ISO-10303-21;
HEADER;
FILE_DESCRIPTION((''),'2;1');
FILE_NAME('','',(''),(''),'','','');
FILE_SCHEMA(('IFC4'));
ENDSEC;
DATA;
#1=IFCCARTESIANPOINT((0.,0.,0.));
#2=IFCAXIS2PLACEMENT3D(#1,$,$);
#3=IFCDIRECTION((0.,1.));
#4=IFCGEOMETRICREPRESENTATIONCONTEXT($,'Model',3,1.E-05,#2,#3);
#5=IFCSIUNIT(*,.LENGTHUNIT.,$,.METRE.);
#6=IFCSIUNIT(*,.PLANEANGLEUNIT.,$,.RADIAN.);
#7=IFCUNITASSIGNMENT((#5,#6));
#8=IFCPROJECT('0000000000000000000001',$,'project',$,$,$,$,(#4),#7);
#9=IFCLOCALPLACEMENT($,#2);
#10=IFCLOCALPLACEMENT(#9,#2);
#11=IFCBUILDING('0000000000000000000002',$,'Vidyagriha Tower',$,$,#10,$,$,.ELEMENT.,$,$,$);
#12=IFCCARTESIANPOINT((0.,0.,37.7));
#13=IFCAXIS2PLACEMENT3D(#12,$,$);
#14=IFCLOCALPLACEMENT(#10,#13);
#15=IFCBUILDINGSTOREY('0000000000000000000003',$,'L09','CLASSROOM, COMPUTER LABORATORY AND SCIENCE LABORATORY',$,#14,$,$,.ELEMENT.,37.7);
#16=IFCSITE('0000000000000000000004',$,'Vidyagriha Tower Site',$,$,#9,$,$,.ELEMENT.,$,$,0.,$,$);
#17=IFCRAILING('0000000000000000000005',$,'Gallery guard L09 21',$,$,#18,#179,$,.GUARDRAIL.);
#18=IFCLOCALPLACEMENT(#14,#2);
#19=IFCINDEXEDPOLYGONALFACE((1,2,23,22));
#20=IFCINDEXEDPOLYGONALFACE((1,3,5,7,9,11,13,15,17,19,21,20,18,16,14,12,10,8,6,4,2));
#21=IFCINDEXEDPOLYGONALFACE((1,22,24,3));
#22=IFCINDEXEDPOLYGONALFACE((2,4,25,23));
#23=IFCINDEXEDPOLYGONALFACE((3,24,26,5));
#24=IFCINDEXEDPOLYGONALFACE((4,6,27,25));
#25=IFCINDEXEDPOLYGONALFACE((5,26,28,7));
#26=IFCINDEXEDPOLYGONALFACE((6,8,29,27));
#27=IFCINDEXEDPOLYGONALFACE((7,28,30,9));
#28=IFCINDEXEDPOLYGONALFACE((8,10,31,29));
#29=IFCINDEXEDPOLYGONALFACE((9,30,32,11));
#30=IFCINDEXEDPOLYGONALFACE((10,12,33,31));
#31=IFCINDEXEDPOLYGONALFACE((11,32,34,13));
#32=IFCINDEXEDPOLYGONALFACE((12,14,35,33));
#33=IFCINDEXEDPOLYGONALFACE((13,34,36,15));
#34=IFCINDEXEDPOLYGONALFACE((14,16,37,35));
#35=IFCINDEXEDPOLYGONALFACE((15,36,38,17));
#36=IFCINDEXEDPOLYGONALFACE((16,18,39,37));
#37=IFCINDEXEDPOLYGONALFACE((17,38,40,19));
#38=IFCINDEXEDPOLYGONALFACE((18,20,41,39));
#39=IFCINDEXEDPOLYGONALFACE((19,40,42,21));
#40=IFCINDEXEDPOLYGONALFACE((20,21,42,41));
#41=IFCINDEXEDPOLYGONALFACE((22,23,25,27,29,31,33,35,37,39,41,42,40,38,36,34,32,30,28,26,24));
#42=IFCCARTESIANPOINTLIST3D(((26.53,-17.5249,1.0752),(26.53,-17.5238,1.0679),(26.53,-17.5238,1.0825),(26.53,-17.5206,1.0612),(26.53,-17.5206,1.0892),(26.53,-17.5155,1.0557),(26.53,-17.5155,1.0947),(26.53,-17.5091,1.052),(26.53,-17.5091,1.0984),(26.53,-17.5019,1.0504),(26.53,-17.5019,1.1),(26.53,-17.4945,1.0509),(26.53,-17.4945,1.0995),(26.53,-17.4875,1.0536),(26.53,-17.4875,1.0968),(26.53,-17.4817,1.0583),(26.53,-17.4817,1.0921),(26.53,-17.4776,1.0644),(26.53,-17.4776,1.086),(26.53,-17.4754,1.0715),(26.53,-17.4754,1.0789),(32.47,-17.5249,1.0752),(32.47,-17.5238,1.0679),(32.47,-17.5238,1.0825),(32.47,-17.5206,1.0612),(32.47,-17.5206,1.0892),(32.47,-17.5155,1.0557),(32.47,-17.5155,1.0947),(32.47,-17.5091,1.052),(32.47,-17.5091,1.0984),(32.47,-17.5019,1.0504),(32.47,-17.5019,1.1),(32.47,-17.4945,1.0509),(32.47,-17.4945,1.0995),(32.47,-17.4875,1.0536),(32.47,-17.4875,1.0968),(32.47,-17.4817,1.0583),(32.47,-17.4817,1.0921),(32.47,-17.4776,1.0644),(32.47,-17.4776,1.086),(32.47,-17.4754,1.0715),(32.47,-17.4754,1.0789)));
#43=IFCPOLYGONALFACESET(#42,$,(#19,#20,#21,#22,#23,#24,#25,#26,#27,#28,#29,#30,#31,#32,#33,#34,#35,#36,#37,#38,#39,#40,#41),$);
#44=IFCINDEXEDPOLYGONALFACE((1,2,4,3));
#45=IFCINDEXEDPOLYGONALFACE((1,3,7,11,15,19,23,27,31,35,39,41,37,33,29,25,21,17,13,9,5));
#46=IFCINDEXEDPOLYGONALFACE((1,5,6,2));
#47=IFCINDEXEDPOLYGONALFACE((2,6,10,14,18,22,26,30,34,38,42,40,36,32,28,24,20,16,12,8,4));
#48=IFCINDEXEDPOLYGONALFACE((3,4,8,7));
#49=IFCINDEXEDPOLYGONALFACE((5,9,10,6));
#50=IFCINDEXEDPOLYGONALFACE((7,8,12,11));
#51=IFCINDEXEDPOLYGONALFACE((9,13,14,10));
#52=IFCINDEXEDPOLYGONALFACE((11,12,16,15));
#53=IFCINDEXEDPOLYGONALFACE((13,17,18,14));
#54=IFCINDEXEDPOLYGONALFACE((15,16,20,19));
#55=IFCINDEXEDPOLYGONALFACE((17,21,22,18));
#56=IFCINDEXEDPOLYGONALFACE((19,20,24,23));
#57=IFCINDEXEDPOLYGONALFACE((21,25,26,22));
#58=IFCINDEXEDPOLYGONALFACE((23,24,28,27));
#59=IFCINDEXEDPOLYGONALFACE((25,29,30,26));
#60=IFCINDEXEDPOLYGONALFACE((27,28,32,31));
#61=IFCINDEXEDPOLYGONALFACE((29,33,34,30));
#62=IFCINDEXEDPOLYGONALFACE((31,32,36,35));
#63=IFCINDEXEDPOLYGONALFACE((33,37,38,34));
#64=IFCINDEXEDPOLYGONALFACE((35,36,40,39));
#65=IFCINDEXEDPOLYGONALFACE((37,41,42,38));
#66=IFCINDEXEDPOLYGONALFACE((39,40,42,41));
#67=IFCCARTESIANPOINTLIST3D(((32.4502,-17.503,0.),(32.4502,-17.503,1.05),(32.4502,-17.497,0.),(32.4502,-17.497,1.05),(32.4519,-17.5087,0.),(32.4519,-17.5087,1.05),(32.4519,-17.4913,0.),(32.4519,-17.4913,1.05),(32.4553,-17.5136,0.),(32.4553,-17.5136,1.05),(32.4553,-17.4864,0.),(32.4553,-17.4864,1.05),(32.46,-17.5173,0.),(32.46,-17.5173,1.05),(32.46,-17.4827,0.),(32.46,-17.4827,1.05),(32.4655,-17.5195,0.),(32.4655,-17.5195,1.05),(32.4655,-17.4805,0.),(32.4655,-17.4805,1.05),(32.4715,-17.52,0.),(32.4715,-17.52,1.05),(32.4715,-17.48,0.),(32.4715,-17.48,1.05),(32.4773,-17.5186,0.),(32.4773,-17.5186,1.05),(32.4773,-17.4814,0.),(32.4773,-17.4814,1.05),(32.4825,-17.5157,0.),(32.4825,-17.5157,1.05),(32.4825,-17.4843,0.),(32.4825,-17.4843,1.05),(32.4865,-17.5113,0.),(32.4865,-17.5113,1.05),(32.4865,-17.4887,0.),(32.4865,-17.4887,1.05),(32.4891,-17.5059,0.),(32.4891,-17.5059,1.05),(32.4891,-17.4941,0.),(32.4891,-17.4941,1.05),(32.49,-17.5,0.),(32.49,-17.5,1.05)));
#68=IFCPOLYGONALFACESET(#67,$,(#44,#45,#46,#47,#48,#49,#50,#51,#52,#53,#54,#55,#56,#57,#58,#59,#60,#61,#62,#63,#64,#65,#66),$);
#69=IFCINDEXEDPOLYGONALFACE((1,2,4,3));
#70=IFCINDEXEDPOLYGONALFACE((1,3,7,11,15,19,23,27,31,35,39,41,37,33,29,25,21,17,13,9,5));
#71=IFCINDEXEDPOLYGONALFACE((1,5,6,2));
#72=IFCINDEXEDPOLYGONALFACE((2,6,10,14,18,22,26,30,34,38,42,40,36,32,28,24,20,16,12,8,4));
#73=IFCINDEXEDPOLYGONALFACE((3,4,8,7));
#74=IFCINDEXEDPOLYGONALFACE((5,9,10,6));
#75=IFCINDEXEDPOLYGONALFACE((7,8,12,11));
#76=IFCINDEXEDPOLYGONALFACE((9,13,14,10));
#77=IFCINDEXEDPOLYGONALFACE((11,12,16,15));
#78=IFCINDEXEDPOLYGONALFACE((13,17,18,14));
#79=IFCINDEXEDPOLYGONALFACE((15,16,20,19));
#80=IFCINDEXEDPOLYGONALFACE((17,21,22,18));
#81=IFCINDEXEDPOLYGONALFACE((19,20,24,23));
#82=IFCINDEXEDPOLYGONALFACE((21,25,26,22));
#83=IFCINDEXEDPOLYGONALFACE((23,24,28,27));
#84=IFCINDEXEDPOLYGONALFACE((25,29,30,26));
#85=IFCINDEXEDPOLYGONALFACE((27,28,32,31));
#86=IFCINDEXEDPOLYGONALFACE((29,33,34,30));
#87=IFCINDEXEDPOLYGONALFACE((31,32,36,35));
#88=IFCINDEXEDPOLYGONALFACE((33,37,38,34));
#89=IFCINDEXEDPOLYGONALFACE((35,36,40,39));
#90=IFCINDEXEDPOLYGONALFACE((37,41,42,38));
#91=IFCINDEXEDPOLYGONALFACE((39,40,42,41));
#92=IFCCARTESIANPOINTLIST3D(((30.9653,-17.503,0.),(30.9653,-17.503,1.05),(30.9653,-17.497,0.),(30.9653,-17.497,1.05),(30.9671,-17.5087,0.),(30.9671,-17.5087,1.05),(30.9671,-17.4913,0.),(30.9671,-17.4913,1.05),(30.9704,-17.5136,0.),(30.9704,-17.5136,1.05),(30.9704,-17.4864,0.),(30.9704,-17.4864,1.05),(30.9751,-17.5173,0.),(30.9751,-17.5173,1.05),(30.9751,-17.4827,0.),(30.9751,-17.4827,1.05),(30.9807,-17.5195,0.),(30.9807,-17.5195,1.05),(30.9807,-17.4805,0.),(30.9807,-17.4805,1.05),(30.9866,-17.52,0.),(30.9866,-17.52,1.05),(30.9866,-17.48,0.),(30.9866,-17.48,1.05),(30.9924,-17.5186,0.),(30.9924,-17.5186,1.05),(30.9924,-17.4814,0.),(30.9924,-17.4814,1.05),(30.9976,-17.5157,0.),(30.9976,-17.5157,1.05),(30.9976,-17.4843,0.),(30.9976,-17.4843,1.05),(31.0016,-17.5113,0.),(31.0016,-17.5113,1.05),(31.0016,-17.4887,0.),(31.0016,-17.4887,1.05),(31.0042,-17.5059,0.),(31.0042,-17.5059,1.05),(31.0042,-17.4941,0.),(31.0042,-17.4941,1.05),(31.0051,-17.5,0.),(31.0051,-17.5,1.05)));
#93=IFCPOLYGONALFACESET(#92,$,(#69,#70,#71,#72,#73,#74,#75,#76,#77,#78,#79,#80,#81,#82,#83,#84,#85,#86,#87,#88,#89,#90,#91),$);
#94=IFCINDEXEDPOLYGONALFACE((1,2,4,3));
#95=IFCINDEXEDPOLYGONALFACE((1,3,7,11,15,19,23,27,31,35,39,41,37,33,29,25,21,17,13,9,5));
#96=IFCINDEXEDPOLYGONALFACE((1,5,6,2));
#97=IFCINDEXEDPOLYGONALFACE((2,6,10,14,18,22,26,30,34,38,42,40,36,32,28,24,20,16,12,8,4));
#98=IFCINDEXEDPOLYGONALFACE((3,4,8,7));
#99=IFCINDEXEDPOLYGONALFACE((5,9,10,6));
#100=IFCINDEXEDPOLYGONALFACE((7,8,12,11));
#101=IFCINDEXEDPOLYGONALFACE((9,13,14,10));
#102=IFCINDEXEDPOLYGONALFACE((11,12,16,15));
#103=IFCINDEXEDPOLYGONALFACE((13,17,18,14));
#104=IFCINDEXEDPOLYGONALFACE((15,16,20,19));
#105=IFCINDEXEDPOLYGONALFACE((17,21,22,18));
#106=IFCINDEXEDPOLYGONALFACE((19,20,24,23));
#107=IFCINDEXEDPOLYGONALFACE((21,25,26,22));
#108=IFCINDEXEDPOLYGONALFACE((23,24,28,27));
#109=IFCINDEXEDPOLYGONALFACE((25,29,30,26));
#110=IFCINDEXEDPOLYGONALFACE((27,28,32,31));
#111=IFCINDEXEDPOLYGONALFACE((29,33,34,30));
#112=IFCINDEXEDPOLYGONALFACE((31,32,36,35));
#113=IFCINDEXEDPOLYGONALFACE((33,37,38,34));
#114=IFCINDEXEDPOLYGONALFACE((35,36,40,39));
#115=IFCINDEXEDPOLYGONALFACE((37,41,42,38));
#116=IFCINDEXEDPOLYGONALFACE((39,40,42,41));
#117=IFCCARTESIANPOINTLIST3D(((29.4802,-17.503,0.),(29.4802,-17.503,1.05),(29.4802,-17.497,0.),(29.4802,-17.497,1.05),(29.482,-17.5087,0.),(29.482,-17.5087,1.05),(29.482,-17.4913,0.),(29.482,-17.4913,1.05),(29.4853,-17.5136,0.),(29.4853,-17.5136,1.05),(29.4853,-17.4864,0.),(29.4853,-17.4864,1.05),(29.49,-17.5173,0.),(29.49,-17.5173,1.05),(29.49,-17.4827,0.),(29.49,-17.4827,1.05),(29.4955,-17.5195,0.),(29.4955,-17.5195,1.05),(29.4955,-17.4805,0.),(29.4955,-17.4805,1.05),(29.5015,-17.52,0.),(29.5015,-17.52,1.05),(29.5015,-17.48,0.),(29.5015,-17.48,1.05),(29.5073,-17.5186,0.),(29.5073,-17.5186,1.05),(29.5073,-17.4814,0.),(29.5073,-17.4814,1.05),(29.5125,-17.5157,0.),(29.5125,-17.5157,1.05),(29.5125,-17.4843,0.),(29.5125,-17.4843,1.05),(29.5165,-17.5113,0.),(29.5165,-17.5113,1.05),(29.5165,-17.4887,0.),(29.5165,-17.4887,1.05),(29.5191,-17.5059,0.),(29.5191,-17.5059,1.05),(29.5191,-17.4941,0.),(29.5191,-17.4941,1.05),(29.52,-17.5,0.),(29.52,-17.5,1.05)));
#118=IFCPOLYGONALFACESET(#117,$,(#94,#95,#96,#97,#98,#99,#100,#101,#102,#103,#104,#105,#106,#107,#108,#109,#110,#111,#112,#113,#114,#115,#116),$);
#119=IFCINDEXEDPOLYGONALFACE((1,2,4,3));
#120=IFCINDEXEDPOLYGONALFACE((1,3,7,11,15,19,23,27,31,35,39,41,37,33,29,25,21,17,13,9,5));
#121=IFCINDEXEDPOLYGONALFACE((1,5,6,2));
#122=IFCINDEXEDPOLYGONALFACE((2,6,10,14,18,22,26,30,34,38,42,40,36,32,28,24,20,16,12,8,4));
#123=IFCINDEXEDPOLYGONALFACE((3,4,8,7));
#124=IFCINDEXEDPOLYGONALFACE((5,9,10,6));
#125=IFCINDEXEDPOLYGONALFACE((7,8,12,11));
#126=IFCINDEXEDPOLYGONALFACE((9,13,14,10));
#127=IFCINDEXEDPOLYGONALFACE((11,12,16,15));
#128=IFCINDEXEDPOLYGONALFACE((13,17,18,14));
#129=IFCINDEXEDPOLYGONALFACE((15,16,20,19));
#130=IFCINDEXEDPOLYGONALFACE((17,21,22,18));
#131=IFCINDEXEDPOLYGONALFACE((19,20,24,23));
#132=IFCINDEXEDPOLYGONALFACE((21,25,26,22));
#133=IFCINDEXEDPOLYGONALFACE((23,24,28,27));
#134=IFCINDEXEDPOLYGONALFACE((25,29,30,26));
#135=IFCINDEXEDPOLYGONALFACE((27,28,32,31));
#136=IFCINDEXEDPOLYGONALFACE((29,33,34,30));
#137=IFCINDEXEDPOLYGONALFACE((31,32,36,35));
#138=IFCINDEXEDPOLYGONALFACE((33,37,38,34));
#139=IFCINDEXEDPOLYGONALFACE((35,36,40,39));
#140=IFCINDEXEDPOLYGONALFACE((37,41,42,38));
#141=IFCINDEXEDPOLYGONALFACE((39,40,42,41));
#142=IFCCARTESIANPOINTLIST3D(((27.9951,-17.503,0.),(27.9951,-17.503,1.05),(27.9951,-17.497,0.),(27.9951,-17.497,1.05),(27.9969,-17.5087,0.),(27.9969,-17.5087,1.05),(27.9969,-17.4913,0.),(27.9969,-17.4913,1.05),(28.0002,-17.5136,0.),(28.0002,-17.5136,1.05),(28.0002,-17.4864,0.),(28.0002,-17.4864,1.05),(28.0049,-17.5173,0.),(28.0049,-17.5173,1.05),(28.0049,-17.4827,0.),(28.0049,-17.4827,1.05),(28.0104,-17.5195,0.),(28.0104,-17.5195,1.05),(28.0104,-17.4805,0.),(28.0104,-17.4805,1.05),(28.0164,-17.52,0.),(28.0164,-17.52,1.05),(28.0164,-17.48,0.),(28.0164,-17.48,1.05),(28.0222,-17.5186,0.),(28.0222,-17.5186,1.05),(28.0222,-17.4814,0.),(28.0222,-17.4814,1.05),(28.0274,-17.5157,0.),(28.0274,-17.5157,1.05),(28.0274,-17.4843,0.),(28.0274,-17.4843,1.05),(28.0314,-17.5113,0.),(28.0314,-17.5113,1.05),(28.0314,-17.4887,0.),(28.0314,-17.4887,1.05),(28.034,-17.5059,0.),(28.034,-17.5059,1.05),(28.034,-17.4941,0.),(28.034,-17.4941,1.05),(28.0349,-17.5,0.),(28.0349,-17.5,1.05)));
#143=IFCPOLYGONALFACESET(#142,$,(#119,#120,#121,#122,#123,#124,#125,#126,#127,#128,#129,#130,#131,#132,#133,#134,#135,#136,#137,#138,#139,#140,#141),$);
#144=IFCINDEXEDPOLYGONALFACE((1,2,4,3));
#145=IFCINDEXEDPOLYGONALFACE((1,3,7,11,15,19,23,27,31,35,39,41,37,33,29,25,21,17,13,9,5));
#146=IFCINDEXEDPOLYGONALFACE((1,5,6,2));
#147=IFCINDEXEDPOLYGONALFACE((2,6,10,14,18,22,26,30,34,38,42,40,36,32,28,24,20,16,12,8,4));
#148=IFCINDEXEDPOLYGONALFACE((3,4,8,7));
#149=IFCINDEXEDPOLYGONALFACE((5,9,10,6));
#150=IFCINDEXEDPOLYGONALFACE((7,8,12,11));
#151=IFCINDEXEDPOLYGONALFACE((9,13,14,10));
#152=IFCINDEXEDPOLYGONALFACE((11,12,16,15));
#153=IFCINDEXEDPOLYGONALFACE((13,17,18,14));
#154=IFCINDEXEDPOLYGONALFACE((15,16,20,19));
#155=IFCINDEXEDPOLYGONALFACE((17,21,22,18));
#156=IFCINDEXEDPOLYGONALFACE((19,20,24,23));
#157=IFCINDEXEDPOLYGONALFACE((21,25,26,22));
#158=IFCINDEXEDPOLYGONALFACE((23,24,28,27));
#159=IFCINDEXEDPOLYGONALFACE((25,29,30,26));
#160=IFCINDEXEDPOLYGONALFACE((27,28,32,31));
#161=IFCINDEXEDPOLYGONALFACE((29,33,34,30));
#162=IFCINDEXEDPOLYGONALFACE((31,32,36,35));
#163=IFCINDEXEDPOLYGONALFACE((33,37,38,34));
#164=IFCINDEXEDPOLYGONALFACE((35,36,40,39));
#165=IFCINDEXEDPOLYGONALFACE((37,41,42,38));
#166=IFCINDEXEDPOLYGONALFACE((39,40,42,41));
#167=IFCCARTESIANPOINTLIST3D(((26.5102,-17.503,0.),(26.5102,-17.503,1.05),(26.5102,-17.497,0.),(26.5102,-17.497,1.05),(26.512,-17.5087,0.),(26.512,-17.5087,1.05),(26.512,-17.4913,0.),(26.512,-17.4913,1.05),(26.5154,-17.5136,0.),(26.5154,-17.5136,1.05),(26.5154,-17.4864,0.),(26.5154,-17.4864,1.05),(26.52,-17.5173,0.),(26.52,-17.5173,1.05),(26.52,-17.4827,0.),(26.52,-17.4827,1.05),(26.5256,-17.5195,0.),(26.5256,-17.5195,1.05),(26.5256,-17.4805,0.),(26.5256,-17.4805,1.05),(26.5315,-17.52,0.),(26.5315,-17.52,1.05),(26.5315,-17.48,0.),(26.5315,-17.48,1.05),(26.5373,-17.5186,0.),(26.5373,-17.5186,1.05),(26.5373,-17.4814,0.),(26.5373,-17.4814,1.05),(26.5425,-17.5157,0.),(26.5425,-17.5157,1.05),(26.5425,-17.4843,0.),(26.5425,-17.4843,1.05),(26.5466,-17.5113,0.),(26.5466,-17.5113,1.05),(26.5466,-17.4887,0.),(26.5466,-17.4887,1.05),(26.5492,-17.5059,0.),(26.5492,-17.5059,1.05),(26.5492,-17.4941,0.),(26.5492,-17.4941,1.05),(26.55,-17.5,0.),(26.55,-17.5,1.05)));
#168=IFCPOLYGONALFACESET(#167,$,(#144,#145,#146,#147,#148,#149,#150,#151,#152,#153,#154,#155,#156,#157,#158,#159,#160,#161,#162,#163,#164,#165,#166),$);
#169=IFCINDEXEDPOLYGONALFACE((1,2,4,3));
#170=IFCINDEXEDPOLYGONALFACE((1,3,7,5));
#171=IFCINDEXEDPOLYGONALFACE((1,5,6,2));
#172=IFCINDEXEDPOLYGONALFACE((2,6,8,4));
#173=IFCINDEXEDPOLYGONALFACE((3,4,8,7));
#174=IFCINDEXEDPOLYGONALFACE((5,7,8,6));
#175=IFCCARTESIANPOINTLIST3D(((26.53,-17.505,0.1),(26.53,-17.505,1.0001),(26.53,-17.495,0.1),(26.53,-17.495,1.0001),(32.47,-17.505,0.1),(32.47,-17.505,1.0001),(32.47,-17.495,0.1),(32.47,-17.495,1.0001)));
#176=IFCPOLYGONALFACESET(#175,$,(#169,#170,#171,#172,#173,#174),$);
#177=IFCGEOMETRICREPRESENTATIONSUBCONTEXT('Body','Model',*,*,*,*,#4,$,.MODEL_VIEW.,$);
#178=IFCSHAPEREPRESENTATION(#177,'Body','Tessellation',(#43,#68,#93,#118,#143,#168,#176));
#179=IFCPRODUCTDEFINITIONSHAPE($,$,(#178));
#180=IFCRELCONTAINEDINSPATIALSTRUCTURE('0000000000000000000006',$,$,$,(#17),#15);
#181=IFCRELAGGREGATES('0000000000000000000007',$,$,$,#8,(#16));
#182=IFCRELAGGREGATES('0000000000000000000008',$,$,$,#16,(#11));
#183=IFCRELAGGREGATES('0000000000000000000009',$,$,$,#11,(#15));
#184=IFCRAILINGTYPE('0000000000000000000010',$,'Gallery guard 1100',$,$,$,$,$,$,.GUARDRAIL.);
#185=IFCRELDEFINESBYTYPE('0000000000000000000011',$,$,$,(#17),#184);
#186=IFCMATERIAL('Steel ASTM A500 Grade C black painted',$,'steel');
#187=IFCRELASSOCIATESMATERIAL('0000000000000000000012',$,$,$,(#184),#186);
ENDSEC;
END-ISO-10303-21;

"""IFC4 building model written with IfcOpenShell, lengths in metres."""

from ifc_helpers import new_model, si_unit, direction, frame, origin, origin_2d, place, context, subcontext, project, spatial, rectangle, circle, extrude, material, type_object, element, save


model = new_model("IFC4")

# Units and contexts
model_context = context("Model", 3, precision=1e-05, world=origin(), true_north=direction((0.0, 1.0)))
body_context = subcontext(model_context, "Body", "Model", "MODEL_VIEW")
ifc_project = project(units=[si_unit("LENGTHUNIT", "METRE"), si_unit("PLANEANGLEUNIT", "RADIAN")], contexts=[model_context])

# Site, building, storey
site_placement = place(None, origin())
site = spatial("IfcSite", under=ifc_project, at=site_placement, Name="Vidyagriha Tower Site", CompositionType="ELEMENT", RefElevation=0.0)
building_placement = place(site_placement, origin())
building = spatial("IfcBuilding", under=site, at=building_placement, Name="Vidyagriha Tower", CompositionType="ELEMENT")
storey_placement = place(building_placement, frame((0.0, 0.0, 37.7)))
storey = spatial("IfcBuildingStorey", under=building, at=storey_placement, Name="L09", Description="CLASSROOM, COMPUTER LABORATORY AND SCIENCE LABORATORY", CompositionType="ELEMENT", Elevation=37.7)

# Railing
ifc_material_1 = material(Name="Steel ASTM A500 Grade C black painted", Category="steel")
railing_type = type_object("IfcRailingType", Name="Gallery guard 1100", PredefinedType="GUARDRAIL", material=ifc_material_1)
railing_1_placement = place(storey_placement, frame((32.47, -17.5, 0.0)))
element("IfcRailing", 1, at=railing_1_placement, inside=storey, type_object=railing_type, Name="Gallery guard L09 21", PredefinedType="GUARDRAIL", context=body_context, shape_type="SweptSolid", body=[
    extrude(circle(Radius=0.0249, at=origin_2d()), frame((0.0, 0.0, 1.0752), z_axis=(-1.0, 0.0, 0.0), x_axis=(0.0, -1.0, 0.0)), (0.0, 0.0, 1.0), 5.9399),
    extrude(circle(Radius=0.02, at=origin_2d()), origin(), (0.0, 0.0, 1.0), 1.05),
    extrude(circle(Radius=0.02, at=origin_2d()), frame((-1.4849, 0.0, 0.0)), (0.0, 0.0, 1.0), 1.05),
    extrude(circle(Radius=0.02, at=origin_2d()), frame((-2.97, 0.0, 0.0)), (0.0, 0.0, 1.0), 1.05),
    extrude(circle(Radius=0.02, at=origin_2d()), frame((-4.4551, 0.0, 0.0)), (0.0, 0.0, 1.0), 1.05),
    extrude(circle(Radius=0.02, at=origin_2d()), frame((-5.9399, 0.0, 0.0)), (0.0, 0.0, 1.0), 1.05),
    extrude(rectangle(XDim=0.01, YDim=0.9001, at=origin_2d()), frame((0.0, 0.0, 0.55), z_axis=(-1.0, 0.0, 0.0), x_axis=(0.0, -1.0, 0.0)), (0.0, 0.0, 1.0), 5.9399),
])

save(model, "model.ifc")
